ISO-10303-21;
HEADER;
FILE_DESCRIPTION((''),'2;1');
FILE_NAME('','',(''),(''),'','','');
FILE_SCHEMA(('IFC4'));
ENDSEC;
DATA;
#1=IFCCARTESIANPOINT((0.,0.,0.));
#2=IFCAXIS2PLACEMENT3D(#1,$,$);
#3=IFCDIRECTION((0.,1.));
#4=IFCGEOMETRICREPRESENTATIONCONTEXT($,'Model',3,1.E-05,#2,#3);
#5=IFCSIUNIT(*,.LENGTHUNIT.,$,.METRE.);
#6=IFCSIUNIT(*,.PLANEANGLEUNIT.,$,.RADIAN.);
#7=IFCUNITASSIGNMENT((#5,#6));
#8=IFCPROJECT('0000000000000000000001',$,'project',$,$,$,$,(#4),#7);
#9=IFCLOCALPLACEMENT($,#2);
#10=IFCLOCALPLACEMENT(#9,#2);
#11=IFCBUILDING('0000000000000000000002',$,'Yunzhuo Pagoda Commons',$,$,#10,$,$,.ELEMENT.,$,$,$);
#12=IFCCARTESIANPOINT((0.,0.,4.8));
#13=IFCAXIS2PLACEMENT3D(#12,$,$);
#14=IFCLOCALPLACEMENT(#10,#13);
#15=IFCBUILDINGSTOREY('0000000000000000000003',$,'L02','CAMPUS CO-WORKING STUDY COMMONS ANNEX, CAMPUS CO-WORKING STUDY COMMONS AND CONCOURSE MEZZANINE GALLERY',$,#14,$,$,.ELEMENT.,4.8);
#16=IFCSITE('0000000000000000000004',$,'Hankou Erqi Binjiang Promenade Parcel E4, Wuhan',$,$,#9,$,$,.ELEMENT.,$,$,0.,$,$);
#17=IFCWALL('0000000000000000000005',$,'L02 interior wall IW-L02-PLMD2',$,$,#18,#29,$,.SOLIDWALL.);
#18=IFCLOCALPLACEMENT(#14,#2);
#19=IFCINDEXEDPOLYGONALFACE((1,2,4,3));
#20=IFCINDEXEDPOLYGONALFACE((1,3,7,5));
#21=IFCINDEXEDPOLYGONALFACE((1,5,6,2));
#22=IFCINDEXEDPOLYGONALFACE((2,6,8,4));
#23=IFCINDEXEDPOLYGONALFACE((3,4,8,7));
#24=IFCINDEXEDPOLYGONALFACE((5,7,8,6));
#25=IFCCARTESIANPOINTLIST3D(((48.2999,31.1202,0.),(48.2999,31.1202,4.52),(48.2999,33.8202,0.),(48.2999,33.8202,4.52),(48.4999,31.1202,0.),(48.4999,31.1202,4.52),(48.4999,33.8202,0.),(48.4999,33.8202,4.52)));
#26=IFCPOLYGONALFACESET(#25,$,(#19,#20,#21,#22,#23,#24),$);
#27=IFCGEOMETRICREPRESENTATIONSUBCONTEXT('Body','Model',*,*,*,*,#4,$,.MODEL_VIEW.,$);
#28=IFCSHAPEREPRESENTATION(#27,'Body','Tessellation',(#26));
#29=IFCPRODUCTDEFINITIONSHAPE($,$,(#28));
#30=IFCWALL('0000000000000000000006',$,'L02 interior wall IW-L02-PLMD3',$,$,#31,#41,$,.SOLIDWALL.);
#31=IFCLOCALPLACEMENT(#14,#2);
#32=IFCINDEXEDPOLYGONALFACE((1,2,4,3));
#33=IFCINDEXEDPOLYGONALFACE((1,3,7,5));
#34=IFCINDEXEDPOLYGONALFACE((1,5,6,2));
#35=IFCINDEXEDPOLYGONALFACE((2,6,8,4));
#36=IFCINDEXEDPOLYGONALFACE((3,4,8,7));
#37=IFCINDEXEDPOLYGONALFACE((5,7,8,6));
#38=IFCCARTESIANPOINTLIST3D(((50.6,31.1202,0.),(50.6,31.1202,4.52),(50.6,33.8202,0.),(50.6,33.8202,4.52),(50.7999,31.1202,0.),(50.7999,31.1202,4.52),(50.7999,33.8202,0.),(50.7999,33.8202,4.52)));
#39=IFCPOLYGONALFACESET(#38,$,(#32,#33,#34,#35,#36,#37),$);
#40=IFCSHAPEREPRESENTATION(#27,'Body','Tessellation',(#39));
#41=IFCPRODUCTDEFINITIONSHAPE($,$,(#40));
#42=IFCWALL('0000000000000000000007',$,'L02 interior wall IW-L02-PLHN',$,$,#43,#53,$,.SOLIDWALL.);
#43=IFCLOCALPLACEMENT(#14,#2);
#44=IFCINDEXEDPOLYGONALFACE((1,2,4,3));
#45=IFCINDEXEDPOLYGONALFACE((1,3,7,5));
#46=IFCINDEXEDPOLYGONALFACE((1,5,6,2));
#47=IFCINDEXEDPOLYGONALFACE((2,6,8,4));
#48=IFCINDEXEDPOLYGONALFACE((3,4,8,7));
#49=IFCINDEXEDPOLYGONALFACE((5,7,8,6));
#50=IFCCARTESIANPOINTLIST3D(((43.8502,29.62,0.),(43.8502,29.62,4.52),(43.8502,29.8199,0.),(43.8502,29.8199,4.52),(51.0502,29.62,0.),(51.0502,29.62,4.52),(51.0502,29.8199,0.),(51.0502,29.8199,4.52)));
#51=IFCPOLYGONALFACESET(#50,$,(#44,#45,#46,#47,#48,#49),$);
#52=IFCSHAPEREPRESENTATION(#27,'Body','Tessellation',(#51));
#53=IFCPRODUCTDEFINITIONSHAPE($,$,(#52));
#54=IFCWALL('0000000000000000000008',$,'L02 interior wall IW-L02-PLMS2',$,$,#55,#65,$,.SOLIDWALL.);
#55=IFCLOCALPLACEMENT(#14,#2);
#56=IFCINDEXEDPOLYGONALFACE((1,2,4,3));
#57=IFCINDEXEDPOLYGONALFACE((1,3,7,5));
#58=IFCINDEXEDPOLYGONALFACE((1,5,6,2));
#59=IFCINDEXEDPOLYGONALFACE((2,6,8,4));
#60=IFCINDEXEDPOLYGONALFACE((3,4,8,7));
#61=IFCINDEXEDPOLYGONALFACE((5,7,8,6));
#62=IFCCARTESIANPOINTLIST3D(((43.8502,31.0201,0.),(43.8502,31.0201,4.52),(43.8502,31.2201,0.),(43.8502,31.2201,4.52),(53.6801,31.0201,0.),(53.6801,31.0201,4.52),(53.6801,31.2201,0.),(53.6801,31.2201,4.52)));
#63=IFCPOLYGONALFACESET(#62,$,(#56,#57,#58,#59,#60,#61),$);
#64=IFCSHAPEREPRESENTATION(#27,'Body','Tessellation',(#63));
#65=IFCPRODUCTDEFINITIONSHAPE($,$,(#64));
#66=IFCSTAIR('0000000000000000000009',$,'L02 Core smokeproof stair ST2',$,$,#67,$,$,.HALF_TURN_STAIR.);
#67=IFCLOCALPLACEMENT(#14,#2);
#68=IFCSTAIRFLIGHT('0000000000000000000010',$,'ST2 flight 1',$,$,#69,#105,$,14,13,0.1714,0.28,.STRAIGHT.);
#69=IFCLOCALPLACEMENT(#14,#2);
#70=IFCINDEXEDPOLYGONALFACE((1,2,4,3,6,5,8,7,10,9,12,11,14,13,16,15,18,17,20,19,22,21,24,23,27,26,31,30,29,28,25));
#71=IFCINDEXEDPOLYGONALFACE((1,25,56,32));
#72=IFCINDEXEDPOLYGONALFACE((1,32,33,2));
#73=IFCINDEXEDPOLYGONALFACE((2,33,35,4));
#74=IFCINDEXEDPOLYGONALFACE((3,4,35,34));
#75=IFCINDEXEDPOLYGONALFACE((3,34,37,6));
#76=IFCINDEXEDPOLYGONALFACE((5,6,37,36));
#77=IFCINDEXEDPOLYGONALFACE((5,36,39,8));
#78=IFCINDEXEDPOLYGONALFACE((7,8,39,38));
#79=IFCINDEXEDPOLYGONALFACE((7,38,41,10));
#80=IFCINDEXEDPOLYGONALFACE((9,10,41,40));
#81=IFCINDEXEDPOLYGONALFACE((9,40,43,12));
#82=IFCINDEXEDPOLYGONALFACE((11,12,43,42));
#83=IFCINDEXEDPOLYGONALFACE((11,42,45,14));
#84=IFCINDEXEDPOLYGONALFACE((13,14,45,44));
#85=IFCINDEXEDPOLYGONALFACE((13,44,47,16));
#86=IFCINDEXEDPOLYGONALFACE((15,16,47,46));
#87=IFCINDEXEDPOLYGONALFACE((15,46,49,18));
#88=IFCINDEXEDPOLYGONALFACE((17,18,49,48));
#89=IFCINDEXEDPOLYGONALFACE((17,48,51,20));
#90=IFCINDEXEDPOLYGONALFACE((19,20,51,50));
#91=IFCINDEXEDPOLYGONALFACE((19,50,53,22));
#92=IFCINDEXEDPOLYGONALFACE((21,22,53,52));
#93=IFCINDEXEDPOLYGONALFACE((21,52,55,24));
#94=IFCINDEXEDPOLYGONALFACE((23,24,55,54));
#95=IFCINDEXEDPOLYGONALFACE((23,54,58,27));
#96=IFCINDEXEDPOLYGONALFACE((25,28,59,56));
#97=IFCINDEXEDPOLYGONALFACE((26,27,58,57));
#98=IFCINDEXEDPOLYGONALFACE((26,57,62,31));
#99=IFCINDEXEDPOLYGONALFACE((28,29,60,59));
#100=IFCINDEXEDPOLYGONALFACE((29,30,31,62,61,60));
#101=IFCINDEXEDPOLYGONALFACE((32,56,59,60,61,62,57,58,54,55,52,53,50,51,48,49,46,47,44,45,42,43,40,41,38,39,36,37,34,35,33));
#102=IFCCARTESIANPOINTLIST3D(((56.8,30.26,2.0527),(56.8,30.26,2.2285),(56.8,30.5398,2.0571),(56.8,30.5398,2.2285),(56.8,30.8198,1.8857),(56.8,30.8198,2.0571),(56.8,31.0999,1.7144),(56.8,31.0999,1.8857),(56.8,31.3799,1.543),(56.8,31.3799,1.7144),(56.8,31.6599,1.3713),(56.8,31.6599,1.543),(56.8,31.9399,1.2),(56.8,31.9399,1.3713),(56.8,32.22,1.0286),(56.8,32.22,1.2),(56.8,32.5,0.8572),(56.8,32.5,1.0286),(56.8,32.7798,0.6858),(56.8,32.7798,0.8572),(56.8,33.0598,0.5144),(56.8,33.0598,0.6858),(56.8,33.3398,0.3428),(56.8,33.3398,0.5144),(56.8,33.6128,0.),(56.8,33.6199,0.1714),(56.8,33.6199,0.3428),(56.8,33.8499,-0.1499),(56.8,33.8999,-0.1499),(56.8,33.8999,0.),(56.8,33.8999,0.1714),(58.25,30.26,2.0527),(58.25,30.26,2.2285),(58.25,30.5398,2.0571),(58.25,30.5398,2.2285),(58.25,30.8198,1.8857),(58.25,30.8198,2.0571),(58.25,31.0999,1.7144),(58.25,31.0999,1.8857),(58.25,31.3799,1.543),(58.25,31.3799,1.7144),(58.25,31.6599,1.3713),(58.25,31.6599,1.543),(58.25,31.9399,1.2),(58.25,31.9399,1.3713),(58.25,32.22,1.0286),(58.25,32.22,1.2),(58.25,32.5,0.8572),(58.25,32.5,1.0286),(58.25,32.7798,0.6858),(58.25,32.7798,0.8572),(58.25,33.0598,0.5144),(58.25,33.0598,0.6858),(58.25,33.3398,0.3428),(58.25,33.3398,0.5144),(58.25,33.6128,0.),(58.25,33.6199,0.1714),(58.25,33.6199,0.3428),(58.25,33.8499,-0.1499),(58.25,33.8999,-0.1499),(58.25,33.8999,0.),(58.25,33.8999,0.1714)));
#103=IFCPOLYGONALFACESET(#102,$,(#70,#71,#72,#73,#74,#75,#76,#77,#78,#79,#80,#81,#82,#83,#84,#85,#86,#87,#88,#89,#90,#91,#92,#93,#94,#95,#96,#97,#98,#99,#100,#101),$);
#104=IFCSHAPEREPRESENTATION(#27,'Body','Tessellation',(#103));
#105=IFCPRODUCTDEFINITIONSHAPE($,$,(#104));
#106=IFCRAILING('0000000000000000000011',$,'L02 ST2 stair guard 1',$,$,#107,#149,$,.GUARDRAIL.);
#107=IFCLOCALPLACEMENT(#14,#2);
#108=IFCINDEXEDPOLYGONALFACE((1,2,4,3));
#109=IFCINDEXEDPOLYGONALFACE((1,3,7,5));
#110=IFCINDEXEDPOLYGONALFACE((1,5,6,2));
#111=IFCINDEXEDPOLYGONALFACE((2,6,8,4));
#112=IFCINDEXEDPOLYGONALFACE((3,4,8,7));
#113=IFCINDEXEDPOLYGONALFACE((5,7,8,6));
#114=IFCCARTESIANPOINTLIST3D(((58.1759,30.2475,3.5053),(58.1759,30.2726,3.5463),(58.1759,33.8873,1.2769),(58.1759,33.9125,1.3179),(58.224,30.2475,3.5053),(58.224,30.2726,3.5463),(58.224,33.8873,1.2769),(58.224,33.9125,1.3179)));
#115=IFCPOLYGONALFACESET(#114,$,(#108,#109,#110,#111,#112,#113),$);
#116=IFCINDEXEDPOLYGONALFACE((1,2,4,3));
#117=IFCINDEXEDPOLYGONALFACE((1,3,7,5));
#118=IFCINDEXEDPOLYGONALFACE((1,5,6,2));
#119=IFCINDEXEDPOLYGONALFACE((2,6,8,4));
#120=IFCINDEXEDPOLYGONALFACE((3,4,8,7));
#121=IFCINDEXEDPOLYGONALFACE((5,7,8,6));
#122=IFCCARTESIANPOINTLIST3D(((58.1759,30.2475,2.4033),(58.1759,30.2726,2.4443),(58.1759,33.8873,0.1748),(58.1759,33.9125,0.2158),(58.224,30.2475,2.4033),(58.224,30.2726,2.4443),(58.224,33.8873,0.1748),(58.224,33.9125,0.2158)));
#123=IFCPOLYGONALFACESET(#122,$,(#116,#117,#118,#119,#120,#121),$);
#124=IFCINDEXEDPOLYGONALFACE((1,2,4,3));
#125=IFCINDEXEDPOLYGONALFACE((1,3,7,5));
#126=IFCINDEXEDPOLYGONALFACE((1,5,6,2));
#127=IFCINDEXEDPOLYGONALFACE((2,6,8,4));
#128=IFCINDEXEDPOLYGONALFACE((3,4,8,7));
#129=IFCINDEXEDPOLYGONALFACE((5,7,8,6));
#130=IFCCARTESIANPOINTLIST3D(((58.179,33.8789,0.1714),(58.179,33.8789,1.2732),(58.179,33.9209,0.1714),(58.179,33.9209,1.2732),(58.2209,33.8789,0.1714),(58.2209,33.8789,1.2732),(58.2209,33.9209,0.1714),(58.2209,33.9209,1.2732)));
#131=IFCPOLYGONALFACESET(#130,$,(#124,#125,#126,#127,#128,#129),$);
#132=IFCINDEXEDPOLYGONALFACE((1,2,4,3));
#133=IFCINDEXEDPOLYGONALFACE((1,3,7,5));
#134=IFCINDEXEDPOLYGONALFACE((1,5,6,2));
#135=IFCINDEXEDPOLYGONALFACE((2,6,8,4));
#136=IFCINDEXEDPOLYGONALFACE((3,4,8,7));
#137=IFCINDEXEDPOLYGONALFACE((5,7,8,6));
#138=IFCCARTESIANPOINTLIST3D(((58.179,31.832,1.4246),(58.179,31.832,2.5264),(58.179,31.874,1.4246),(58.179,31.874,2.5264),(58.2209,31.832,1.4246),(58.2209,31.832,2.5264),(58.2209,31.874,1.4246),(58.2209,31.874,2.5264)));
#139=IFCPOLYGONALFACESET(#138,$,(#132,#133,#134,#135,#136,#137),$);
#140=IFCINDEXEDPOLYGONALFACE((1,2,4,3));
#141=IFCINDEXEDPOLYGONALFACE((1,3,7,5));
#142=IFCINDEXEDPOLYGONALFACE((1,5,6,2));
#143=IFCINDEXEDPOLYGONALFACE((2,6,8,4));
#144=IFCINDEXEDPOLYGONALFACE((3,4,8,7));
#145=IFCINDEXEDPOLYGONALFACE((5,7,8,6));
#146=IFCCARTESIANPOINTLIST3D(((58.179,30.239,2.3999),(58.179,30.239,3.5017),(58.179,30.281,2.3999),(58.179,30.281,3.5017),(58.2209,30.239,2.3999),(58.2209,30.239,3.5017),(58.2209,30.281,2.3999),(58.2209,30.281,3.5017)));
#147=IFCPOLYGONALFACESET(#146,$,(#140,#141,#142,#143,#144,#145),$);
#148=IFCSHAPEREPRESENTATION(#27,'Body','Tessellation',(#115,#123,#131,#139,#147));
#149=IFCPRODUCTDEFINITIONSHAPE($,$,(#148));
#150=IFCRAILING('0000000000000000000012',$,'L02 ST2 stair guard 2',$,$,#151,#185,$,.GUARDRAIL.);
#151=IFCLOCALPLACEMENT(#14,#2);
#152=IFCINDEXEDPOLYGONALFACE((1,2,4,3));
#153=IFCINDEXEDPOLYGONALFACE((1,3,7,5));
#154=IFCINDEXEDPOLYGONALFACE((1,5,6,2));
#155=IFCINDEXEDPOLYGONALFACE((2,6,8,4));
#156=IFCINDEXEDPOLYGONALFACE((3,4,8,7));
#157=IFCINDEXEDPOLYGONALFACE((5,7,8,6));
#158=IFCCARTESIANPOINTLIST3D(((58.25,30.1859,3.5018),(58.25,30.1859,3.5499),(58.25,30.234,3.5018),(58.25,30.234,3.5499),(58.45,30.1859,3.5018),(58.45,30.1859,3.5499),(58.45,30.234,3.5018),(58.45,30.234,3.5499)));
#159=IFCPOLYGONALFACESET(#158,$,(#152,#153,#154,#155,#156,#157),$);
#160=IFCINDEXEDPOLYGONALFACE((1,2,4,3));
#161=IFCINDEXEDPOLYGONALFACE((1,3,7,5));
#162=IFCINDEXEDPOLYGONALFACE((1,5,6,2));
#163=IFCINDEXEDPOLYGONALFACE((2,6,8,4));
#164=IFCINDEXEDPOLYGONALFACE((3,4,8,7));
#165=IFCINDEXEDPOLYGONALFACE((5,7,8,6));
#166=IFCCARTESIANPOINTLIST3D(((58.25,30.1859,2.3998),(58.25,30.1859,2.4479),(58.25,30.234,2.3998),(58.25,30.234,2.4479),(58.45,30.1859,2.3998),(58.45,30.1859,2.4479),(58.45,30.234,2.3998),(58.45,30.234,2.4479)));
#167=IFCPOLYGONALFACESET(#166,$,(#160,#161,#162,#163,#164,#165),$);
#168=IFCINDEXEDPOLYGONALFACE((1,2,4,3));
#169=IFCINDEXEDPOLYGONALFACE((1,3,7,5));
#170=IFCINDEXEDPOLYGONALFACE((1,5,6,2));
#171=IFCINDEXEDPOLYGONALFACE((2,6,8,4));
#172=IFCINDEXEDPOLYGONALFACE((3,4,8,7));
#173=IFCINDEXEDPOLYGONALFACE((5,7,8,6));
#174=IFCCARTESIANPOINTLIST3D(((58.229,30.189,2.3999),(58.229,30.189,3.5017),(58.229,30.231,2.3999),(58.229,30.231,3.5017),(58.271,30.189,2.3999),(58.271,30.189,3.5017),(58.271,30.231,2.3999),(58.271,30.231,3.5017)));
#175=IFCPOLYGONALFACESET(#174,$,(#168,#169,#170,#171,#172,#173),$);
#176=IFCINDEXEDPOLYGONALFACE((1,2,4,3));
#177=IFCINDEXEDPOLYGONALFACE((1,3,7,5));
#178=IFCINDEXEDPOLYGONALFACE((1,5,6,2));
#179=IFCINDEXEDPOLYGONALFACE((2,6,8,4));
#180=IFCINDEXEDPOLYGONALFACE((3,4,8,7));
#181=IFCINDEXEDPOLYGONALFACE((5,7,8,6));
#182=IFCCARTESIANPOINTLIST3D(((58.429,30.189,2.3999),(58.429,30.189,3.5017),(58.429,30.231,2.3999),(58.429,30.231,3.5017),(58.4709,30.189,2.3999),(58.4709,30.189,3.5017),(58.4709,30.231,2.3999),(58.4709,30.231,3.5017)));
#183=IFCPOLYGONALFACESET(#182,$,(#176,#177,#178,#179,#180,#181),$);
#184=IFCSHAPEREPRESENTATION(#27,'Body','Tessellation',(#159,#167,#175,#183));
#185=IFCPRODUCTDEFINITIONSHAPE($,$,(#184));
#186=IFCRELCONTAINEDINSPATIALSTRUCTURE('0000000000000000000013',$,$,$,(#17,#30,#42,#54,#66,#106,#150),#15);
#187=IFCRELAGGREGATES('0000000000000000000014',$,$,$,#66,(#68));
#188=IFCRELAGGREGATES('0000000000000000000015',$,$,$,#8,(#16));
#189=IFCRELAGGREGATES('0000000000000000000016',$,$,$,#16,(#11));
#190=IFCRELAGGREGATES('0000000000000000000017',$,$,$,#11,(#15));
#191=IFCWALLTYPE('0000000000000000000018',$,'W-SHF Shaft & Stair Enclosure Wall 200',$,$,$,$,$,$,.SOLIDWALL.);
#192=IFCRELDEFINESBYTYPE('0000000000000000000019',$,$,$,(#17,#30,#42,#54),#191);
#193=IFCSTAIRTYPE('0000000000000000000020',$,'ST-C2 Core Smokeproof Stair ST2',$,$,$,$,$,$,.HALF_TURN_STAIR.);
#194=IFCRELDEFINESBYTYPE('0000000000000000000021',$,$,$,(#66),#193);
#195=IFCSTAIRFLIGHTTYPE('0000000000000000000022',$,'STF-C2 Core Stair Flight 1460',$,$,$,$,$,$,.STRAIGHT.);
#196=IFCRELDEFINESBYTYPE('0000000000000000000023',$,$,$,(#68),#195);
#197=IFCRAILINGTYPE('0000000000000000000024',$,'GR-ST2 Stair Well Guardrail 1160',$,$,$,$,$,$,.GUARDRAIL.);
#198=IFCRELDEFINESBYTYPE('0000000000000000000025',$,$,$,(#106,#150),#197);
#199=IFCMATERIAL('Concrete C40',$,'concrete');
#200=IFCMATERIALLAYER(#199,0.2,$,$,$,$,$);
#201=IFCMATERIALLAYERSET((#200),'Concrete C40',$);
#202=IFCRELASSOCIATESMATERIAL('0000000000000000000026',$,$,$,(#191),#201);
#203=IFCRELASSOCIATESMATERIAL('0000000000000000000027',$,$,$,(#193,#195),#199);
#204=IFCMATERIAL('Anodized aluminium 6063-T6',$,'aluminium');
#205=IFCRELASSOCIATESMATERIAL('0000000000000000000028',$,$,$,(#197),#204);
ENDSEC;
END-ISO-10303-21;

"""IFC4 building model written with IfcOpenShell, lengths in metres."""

from ifc_helpers import new_model, si_unit, direction, frame, frame_2d, origin, origin_2d, place, context, subcontext, project, spatial, polyline, rectangle, outline, extrude, source, transform, mapped, material, layer, layer_set, type_object, element, aggregate, save


model = new_model("IFC4")

# Units and contexts
model_context = context("Model", 3, precision=1e-05, world=origin(), true_north=direction((0.0, 1.0)))
body_context = subcontext(model_context, "Body", "Model", "MODEL_VIEW")
ifc_project = project(units=[si_unit("LENGTHUNIT", "METRE"), si_unit("PLANEANGLEUNIT", "RADIAN")], contexts=[model_context])

# Site, building, storey
site_placement = place(None, origin())
site = spatial("IfcSite", under=ifc_project, at=site_placement, Name="Hankou Erqi Binjiang Promenade Parcel E4, Wuhan", CompositionType="ELEMENT", RefElevation=0.0)
building_placement = place(site_placement, origin())
building = spatial("IfcBuilding", under=site, at=building_placement, Name="Yunzhuo Pagoda Commons", CompositionType="ELEMENT")
storey_placement = place(building_placement, frame((0.0, 0.0, 4.8)))
storey = spatial("IfcBuildingStorey", under=building, at=storey_placement, Name="L02", Description="CAMPUS CO-WORKING STUDY COMMONS ANNEX, CAMPUS CO-WORKING STUDY COMMONS AND CONCOURSE MEZZANINE GALLERY", CompositionType="ELEMENT", Elevation=4.8)

# Shared definitions
ifc_material_1 = material(Name="Concrete C40", Category="concrete")
ifc_layer_1 = layer(ifc_material_1, 0.2)
ifc_layer_set_1 = layer_set([ifc_layer_1], Name="Concrete C40")
wall_type_1 = type_object("IfcWallType", Name="W-SHF Shaft & Stair Enclosure Wall 200", PredefinedType="SOLIDWALL", material=ifc_layer_set_1)

# Walls
for number, where, z_axis, x_axis, name in (
    (1, (48.3999, 31.1201, 0.0), (0.0, 0.0, 1.0), (0.0, 1.0, 0.0), "L02 interior wall IW-L02-PLMD2"),
    (2, (50.7, 31.1201, 0.0), (0.0, 0.0, 1.0), (0.0, 1.0, 0.0), "L02 interior wall IW-L02-PLMD3"),
):
    element("IfcWall", number, at=place(storey_placement, frame(where, z_axis=z_axis, x_axis=x_axis)), inside=storey, type_object=wall_type_1, Name=name, PredefinedType="SOLIDWALL", context=body_context, shape_type="SweptSolid", body=[
        extrude(rectangle(XDim=2.7, YDim=0.2, at=frame_2d((1.3501, 0.0))), origin(), (0.0, 0.0, 1.0), 4.52),
    ])
wall_1_placement = place(storey_placement, frame((43.8501, 29.72, 0.0), z_axis=(0.0, 0.0, 1.0), x_axis=(1.0, 0.0, 0.0)))
element("IfcWall", 3, at=wall_1_placement, inside=storey, type_object=wall_type_1, Name="L02 interior wall IW-L02-PLHN", PredefinedType="SOLIDWALL", context=body_context, shape_type="SweptSolid", body=[
    extrude(rectangle(XDim=7.2, YDim=0.2, at=frame_2d((3.6001, 0.0))), origin(), (0.0, 0.0, 1.0), 4.52),
])
wall_2_placement = place(storey_placement, frame((43.8501, 31.1201, 0.0), z_axis=(0.0, 0.0, 1.0), x_axis=(1.0, 0.0, 0.0)))
element("IfcWall", 4, at=wall_2_placement, inside=storey, type_object=wall_type_1, Name="L02 interior wall IW-L02-PLMS2", PredefinedType="SOLIDWALL", context=body_context, shape_type="SweptSolid", body=[
    extrude(rectangle(XDim=9.8298, YDim=0.2, at=frame_2d((4.915, 0.0))), origin(), (0.0, 0.0, 1.0), 4.52),
])

# Stair, stair flight
stair_type = type_object("IfcStairType", Name="ST-C2 Core Smokeproof Stair ST2", PredefinedType="HALF_TURN_STAIR", material=ifc_material_1)
stair_placement = place(storey_placement, origin())
stair = element("IfcStair", 5, at=stair_placement, inside=storey, type_object=stair_type, Name="L02 Core smokeproof stair ST2", PredefinedType="HALF_TURN_STAIR")
stair_flight_type = type_object("IfcStairFlightType", Name="STF-C2 Core Stair Flight 1460", PredefinedType="STRAIGHT", material=ifc_material_1)
shared_shape_1 = source(origin(), body_context, "Body", "SweptSolid", [
    extrude(outline(polyline([(0.0, -0.1499), (0.0, 0.0), (0.0, 0.1714), (0.28, 0.1714), (0.28, 0.3428), (0.5601, 0.3428), (0.5601, 0.5144), (0.8401, 0.5144), (0.8401, 0.6858), (1.1201, 0.6858), (1.1201, 0.8572), (1.3999, 0.8572), (1.3999, 1.0286), (1.6799, 1.0286), (1.6799, 1.2), (1.96, 1.2), (1.96, 1.3713), (2.24, 1.3713), (2.24, 1.543), (2.52, 1.543), (2.52, 1.7144), (2.8, 1.7144), (2.8, 1.8857), (3.0801, 1.8857), (3.0801, 2.0571), (3.3601, 2.0571), (3.3601, 2.2285), (3.6399, 2.2285), (3.6399, 2.3999), (3.6399, 2.0527), (0.2871, 0.0), (0.05, -0.1499), (0.0, -0.1499)])), frame((0.0, 0.7251, 0.0), z_axis=(0.0, -1.0, 0.0), x_axis=(1.0, 0.0, 0.0)), (0.0, 0.0, 1.0), 1.45),
])
stair_flight_placement = place(storey_placement, frame((57.5249, 33.8999, 0.0), z_axis=(0.0, 0.0, 1.0), x_axis=(0.0, -1.0, 0.0)))
stair_flight = element("IfcStairFlight", 6, at=stair_flight_placement, type_object=stair_flight_type, Name="ST2 flight 1", NumberOfRisers=14, NumberOfTreads=13, PredefinedType="STRAIGHT", RiserHeight=0.1714, TreadLength=0.28, context=body_context, shape_type="MappedRepresentation", body=[
    mapped(shared_shape_1, transform((0.0, 0.0, 0.0), scale=1.0)),
])
aggregate(stair, [stair_flight])

# Railings
ifc_material_2 = material(Name="Anodized aluminium 6063-T6", Category="aluminium")
railing_type_1 = type_object("IfcRailingType", Name="GR-ST2 Stair Well Guardrail 1160", PredefinedType="GUARDRAIL", material=ifc_material_2)
railing_1_placement = place(storey_placement, frame((58.2, 33.8999, 0.1714)))
element("IfcRailing", 7, at=railing_1_placement, inside=storey, type_object=railing_type_1, Name="L02 ST2 stair guard 1", PredefinedType="GUARDRAIL", context=body_context, shape_type="SweptSolid", body=[
    extrude(rectangle(XDim=0.0481, YDim=0.0481, at=origin_2d()), frame((0.0, 0.0, 1.126), z_axis=(0.0, -0.85285, 0.522156), x_axis=(1.0, 0.0, 0.0)), (0.0, 0.0, 1.0), 4.2678),
    extrude(rectangle(XDim=0.0481, YDim=0.0481, at=origin_2d()), frame((0.0, 0.0, 0.0239), z_axis=(0.0, -0.85285, 0.522156), x_axis=(1.0, 0.0, 0.0)), (0.0, 0.0, 1.0), 4.2678),
    extrude(rectangle(XDim=0.042, YDim=0.042, at=origin_2d()), origin(), (0.0, 0.0, 1.0), 1.1018),
    extrude(rectangle(XDim=0.042, YDim=0.042, at=origin_2d()), frame((0.0, -2.0469, 1.2532)), (0.0, 0.0, 1.0), 1.1018),
    extrude(rectangle(XDim=0.042, YDim=0.042, at=origin_2d()), frame((0.0, -3.6399, 2.2285)), (0.0, 0.0, 1.0), 1.1018),
])
railing_2_placement = place(storey_placement, frame((58.25, 30.21, 2.3999)))
element("IfcRailing", 8, at=railing_2_placement, inside=storey, type_object=railing_type_1, Name="L02 ST2 stair guard 2", PredefinedType="GUARDRAIL", context=body_context, shape_type="SweptSolid", body=[
    extrude(rectangle(XDim=0.0481, YDim=0.0481, at=origin_2d()), frame((0.0, 0.0, 1.126), z_axis=(1.0, 0.0, 0.0), x_axis=(0.0, 1.0, 0.0)), (0.0, 0.0, 1.0), 0.2),
    extrude(rectangle(XDim=0.0481, YDim=0.0481, at=origin_2d()), frame((0.0, 0.0, 0.0239), z_axis=(1.0, 0.0, 0.0), x_axis=(0.0, 1.0, 0.0)), (0.0, 0.0, 1.0), 0.2),
    extrude(rectangle(XDim=0.042, YDim=0.042, at=origin_2d()), origin(), (0.0, 0.0, 1.0), 1.1018),
    extrude(rectangle(XDim=0.042, YDim=0.042, at=origin_2d()), frame((0.2, 0.0, 0.0)), (0.0, 0.0, 1.0), 1.1018),
])

save(model, "model.ifc")
